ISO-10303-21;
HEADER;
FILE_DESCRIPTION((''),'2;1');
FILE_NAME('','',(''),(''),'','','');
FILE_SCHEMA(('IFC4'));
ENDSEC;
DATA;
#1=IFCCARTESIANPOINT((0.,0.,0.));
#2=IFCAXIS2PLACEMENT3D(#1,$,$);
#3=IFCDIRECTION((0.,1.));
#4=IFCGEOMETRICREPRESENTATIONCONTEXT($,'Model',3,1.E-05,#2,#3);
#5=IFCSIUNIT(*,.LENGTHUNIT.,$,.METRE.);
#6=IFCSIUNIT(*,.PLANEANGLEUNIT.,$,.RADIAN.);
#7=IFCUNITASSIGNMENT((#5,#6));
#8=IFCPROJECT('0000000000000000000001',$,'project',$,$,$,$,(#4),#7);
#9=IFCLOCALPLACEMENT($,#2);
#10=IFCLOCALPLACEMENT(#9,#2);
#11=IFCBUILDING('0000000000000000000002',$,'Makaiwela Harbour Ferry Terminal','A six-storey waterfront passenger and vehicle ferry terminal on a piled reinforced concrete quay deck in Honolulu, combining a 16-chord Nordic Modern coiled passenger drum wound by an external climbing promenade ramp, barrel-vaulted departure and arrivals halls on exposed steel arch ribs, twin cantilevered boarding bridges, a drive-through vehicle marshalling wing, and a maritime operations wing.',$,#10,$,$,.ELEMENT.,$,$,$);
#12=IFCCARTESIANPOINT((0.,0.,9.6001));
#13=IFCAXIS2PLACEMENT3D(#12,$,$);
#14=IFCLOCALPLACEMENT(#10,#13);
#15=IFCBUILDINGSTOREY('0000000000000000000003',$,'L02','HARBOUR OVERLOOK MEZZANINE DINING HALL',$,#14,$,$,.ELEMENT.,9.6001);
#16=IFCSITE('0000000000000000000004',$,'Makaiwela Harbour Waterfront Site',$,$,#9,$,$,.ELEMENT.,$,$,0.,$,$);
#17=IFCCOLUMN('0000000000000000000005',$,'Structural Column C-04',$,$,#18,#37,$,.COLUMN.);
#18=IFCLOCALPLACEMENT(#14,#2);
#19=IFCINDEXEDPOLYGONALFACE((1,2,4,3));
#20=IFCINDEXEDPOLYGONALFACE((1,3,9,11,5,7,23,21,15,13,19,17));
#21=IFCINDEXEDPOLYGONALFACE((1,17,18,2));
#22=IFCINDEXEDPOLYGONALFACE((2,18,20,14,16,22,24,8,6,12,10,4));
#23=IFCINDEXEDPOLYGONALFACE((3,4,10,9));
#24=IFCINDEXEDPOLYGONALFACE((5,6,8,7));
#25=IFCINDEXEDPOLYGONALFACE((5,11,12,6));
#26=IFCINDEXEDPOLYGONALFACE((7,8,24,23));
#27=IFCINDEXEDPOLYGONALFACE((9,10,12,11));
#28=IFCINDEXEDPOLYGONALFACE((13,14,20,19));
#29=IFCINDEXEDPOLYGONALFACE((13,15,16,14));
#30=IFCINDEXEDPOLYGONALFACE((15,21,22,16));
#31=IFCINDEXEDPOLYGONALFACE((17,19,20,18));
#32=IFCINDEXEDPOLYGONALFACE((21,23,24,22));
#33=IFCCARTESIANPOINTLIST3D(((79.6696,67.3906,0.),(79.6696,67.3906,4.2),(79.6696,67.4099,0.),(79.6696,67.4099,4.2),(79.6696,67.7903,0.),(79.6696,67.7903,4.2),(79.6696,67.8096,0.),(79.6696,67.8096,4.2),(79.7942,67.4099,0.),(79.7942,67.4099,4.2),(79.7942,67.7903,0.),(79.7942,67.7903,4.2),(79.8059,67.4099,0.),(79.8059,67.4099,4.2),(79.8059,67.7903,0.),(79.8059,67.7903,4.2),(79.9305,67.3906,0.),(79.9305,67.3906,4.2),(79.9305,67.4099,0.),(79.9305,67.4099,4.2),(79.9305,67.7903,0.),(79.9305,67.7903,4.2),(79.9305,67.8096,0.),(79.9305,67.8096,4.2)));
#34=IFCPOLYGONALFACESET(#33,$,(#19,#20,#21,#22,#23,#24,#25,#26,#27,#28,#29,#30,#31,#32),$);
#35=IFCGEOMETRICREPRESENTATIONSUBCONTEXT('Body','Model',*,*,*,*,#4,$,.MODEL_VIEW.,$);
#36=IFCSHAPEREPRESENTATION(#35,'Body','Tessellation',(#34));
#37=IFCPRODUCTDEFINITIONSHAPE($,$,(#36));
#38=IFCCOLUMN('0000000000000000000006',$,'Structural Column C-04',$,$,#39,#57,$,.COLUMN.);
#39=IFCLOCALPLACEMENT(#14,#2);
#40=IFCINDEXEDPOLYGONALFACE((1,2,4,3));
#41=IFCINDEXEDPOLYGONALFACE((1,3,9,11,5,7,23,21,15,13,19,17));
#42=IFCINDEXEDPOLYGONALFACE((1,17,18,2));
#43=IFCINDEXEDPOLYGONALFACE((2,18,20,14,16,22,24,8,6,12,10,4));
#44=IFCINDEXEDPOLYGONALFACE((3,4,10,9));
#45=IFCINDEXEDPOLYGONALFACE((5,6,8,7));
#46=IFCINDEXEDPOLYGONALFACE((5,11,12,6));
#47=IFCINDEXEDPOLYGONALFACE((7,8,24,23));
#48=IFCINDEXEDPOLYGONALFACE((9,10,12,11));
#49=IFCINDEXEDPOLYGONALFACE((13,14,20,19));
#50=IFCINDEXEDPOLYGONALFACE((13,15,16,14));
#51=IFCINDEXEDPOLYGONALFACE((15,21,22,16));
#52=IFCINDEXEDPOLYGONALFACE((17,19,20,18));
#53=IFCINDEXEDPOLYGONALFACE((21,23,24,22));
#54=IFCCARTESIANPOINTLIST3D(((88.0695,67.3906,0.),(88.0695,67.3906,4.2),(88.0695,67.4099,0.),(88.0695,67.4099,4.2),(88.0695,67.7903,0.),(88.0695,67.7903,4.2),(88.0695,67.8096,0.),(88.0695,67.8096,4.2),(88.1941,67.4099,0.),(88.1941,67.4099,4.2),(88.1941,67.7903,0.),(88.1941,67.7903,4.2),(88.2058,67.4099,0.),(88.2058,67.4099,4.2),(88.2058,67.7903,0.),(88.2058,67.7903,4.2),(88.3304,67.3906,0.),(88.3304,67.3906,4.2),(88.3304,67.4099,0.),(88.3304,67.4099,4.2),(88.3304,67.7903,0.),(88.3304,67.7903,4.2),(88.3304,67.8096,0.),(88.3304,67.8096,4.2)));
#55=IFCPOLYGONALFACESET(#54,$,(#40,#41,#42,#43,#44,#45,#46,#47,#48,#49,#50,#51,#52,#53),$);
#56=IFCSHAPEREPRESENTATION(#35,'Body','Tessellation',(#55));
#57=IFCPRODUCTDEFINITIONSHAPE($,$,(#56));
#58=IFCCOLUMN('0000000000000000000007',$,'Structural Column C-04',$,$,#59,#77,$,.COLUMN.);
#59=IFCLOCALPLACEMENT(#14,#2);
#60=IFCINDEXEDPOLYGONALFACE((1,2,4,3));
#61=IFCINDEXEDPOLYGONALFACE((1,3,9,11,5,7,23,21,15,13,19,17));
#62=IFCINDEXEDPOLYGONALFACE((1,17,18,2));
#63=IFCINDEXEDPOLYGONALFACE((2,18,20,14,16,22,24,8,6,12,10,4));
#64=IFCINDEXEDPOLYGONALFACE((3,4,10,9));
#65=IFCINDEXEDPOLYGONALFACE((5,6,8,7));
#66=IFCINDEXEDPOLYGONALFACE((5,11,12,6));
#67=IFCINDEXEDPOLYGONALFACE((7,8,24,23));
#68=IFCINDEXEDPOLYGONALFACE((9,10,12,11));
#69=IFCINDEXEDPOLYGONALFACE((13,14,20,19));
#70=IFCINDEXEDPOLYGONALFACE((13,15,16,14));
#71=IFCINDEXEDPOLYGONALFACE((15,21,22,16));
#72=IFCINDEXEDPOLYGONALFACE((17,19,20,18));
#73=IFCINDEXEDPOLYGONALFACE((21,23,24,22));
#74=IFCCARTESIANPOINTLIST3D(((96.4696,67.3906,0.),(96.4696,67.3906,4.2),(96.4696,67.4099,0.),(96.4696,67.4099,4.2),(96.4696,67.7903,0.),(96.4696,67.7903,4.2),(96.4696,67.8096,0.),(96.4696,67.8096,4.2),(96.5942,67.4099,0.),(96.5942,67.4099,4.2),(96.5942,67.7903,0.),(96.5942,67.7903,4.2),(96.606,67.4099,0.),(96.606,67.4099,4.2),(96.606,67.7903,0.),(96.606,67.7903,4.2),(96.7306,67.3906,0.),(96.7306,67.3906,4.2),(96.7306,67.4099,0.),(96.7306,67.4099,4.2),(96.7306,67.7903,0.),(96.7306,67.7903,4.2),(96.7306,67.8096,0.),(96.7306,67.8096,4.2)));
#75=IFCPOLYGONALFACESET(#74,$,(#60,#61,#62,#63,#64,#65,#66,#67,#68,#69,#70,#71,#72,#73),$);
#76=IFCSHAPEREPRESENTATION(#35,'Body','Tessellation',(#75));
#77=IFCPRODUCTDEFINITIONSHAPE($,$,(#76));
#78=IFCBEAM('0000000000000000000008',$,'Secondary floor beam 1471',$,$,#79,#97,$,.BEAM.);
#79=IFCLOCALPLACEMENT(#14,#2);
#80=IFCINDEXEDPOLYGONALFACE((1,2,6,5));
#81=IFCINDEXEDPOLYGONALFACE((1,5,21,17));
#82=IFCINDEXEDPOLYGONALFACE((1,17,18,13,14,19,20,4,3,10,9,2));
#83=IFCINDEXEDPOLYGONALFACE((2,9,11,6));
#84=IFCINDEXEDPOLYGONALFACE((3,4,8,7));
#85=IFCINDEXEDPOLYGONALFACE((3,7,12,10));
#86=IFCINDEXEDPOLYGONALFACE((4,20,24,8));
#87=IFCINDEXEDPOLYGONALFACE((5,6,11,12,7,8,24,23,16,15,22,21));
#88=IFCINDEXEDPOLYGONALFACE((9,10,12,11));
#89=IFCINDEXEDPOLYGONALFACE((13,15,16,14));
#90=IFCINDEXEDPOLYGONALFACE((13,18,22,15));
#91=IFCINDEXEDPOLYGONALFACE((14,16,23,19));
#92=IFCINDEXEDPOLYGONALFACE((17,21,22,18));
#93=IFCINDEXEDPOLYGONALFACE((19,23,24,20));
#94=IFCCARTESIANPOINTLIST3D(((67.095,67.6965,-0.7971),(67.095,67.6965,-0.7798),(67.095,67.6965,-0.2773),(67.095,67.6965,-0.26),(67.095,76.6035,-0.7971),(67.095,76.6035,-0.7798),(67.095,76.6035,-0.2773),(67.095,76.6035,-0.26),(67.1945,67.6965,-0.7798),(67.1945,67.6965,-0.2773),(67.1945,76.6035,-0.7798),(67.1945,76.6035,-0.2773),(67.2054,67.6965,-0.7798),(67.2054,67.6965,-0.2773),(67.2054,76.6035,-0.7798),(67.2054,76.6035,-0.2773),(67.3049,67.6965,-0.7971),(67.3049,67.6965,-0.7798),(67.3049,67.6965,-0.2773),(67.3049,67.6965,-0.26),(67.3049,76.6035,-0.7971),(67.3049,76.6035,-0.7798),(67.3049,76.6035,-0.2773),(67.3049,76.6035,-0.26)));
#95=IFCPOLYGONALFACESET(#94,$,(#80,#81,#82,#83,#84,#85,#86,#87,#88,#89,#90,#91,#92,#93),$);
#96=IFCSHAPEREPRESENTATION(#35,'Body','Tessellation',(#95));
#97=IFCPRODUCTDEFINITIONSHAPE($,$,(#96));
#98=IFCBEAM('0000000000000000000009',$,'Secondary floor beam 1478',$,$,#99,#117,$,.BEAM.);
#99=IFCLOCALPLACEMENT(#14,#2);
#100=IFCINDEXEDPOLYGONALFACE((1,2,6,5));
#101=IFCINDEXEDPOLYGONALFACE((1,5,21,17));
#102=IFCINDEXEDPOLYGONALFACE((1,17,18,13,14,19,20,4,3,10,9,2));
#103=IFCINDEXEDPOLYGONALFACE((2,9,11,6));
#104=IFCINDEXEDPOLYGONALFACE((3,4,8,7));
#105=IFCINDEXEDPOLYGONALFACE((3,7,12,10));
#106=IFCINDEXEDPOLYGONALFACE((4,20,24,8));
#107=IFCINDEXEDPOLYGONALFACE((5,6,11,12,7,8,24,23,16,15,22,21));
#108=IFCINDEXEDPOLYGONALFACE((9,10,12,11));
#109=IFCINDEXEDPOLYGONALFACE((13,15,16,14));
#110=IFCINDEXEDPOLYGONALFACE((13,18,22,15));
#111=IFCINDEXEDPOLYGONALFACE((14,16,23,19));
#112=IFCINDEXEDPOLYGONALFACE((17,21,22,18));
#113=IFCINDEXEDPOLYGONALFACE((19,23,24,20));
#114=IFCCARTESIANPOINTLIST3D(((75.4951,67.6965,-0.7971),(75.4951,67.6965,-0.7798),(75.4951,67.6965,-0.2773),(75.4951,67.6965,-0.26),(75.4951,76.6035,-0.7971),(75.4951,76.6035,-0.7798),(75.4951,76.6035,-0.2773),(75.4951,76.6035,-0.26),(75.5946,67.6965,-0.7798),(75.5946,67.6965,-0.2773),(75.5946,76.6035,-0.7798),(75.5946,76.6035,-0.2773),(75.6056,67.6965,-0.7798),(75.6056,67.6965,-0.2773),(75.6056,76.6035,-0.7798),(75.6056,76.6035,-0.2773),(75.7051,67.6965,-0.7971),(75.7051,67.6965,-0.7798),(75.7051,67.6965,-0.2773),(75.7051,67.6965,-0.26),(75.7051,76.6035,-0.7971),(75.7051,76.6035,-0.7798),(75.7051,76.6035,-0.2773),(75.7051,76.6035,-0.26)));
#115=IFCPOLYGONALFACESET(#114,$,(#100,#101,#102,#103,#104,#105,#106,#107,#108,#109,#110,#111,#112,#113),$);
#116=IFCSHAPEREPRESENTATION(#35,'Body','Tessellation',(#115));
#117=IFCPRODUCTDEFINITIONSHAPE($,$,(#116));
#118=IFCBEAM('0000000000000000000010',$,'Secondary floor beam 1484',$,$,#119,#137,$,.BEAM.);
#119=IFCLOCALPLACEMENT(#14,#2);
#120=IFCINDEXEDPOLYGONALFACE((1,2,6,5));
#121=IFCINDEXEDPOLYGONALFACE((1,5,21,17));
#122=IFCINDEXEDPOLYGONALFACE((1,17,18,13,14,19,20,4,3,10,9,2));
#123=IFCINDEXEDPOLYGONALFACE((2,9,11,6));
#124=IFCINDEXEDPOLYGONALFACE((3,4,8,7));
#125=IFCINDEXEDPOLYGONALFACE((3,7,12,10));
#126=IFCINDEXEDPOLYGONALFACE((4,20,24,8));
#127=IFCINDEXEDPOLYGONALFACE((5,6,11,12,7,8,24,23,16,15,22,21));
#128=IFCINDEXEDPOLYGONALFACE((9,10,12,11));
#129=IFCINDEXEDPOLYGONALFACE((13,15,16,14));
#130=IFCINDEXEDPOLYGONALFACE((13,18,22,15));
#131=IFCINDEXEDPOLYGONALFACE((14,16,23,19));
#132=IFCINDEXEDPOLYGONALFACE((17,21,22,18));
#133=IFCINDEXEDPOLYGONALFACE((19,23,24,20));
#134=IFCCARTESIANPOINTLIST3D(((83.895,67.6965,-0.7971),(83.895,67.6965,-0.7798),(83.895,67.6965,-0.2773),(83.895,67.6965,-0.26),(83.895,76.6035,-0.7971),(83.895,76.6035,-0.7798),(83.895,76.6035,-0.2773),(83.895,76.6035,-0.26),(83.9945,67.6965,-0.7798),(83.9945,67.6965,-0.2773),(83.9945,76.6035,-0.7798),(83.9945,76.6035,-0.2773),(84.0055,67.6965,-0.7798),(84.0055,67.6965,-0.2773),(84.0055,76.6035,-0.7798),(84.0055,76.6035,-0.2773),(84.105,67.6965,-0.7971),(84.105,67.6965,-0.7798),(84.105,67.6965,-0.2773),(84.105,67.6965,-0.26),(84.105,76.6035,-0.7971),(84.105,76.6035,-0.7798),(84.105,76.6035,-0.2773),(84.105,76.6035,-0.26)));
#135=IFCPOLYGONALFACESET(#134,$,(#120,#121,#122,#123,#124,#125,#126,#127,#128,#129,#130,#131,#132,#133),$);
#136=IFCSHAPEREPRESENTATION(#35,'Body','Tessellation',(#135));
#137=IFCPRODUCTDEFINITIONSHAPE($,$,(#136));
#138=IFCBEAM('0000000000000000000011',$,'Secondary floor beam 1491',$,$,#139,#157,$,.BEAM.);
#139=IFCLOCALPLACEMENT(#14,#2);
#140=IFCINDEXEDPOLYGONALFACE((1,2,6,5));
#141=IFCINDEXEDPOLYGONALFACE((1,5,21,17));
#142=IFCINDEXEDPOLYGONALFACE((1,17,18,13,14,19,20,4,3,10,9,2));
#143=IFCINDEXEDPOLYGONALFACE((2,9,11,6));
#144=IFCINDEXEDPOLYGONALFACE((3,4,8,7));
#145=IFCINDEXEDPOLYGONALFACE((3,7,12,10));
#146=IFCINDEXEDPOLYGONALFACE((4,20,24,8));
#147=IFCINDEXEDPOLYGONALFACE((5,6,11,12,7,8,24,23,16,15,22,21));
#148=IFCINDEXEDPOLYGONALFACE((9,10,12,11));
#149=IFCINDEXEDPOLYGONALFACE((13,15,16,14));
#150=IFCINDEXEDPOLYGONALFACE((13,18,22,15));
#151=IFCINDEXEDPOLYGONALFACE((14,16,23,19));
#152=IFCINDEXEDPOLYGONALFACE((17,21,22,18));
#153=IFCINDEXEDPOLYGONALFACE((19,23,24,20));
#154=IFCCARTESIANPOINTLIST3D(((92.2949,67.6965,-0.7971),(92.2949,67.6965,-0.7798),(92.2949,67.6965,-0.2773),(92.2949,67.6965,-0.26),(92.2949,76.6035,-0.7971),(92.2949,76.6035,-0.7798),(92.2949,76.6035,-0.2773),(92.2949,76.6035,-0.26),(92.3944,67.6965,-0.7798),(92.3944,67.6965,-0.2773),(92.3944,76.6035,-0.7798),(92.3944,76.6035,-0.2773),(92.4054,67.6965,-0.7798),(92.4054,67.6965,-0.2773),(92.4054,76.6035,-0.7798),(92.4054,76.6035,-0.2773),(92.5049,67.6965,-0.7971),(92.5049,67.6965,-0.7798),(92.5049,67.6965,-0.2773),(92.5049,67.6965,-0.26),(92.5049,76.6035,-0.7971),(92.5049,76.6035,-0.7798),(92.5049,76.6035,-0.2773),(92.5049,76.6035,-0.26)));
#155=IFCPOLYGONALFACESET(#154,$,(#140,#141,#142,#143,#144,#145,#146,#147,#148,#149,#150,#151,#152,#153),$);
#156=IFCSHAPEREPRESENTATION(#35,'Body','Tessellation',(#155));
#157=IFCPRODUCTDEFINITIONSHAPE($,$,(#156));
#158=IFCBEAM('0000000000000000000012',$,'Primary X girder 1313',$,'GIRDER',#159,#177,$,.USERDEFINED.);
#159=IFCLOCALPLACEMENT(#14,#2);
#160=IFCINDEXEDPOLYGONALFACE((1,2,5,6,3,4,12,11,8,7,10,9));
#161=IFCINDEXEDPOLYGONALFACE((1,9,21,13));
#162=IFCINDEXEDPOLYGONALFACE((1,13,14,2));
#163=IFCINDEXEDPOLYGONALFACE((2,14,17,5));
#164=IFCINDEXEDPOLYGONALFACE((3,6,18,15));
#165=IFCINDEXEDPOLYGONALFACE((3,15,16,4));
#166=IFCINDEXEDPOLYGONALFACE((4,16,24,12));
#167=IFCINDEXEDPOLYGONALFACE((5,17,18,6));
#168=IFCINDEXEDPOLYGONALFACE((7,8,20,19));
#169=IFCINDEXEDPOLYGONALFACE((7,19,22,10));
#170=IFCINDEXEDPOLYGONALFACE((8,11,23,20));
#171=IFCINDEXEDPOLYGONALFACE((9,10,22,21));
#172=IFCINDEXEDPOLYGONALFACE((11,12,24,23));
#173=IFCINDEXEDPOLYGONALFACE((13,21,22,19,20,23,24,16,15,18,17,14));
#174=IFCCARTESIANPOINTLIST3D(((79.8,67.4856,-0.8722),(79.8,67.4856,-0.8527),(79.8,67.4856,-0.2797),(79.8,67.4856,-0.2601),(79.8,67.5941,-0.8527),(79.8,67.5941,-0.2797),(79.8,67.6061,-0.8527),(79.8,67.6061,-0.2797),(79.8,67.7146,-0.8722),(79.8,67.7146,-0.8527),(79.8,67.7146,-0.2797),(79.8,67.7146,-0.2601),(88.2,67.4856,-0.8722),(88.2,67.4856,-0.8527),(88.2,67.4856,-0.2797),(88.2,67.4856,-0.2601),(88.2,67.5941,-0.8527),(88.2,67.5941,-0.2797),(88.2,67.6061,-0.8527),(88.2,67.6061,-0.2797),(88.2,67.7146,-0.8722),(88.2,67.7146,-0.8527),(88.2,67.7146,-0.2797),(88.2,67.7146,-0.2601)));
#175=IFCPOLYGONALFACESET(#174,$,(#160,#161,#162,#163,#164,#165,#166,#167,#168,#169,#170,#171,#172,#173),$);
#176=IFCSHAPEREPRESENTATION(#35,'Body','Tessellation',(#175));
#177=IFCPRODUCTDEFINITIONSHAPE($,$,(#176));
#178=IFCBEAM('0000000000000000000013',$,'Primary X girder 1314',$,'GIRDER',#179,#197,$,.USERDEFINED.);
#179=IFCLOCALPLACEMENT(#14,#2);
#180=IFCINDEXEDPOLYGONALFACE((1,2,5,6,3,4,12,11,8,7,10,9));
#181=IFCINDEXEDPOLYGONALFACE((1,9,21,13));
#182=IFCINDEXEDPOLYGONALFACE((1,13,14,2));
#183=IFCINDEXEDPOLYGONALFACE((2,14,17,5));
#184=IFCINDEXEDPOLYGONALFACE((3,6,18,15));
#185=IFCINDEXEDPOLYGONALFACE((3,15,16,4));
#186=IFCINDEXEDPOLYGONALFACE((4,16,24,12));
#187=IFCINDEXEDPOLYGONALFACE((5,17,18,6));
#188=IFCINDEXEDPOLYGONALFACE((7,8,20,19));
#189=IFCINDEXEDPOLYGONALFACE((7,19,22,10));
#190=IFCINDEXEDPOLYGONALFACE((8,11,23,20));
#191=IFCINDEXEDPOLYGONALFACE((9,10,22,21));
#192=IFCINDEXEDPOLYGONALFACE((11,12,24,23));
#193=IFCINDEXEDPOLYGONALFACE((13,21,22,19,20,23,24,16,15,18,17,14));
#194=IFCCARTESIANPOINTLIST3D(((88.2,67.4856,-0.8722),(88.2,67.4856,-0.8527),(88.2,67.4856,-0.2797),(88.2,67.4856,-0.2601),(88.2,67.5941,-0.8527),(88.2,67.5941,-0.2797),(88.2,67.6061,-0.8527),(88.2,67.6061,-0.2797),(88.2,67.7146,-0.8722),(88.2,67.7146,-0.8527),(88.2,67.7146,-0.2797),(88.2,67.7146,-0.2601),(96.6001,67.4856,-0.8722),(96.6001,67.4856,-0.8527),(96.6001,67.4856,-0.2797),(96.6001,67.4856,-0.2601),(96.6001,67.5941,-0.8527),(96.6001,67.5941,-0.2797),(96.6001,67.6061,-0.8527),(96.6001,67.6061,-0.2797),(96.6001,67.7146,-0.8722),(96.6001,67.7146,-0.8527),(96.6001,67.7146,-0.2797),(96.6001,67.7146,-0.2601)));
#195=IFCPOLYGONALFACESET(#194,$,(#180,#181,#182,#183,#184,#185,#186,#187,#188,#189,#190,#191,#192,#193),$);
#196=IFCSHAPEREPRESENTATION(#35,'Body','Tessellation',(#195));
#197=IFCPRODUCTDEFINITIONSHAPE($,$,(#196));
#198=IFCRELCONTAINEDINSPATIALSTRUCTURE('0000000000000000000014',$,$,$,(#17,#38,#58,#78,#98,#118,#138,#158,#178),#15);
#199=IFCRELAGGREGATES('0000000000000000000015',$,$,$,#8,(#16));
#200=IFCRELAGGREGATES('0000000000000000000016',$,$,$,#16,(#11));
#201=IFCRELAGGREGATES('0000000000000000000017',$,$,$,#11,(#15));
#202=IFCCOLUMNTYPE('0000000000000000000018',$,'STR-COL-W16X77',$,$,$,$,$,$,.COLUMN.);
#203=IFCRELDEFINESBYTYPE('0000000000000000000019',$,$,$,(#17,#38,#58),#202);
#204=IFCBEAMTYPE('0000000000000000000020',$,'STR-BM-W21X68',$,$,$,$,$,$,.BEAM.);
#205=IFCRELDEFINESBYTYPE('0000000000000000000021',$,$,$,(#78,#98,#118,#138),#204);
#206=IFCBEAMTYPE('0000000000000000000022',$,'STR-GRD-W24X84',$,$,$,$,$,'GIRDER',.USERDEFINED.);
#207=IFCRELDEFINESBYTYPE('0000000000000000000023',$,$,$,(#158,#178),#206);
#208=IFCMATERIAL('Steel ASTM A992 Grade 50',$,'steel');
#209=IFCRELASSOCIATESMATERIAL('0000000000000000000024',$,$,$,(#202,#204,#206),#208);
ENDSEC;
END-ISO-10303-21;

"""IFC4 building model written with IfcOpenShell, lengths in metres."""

from ifc_helpers import new_model, si_unit, direction, frame, origin, origin_2d, place, context, subcontext, project, spatial, i_section, extrude, material, material_profile, profile_set, type_object, element, save


model = new_model("IFC4")

# Units and contexts
model_context = context("Model", 3, precision=1e-05, world=origin(), true_north=direction((0.0, 1.0)))
body_context = subcontext(model_context, "Body", "Model", "MODEL_VIEW")
ifc_project = project(units=[si_unit("LENGTHUNIT", "METRE"), si_unit("PLANEANGLEUNIT", "RADIAN")], contexts=[model_context])

# Site, building, storey
site_placement = place(None, origin())
site = spatial("IfcSite", under=ifc_project, at=site_placement, Name="Makaiwela Harbour Waterfront Site", CompositionType="ELEMENT", RefElevation=0.0)
building_placement = place(site_placement, origin())
building = spatial("IfcBuilding", under=site, at=building_placement, Name="Makaiwela Harbour Ferry Terminal", Description="A six-storey waterfront passenger and vehicle ferry terminal on a piled reinforced concrete quay deck in Honolulu, combining a 16-chord Nordic Modern coiled passenger drum wound by an external climbing promenade ramp, barrel-vaulted departure and arrivals halls on exposed steel arch ribs, twin cantilevered boarding bridges, a drive-through vehicle marshalling wing, and a maritime operations wing.", CompositionType="ELEMENT")
storey_placement = place(building_placement, frame((0.0, 0.0, 9.6001)))
storey = spatial("IfcBuildingStorey", under=building, at=storey_placement, Name="L02", Description="HARBOUR OVERLOOK MEZZANINE DINING HALL", CompositionType="ELEMENT", Elevation=9.6001)

# Columns
ifc_material_1 = material(Name="Steel ASTM A992 Grade 50", Category="steel")
ifc_material_profile_1 = material_profile(ifc_material_1, i_section(OverallWidth=0.261, OverallDepth=0.4189, WebThickness=0.0117, FlangeThickness=0.0193, at=origin_2d()), Name="W16X77")
ifc_profile_set_1 = profile_set([ifc_material_profile_1], Name="Steel ASTM A992 Grade 50")
column_type = type_object("IfcColumnType", Name="STR-COL-W16X77", PredefinedType="COLUMN", material=ifc_profile_set_1)
for number, where, z_axis, x_axis, name in (
    (1, (79.8, 67.6001, 0.0), (0.0, 0.0, 1.0), (1.0, 0.0, 0.0), "Structural Column C-04"),
    (2, (88.2, 67.6001, 0.0), (0.0, 0.0, 1.0), (1.0, 0.0, 0.0), "Structural Column C-04"),
    (3, (96.6001, 67.6001, 0.0), (0.0, 0.0, 1.0), (1.0, 0.0, 0.0), "Structural Column C-04"),
):
    element("IfcColumn", number, at=place(storey_placement, frame(where, z_axis=z_axis, x_axis=x_axis)), inside=storey, type_object=column_type, Name=name, PredefinedType="COLUMN", context=body_context, shape_type="SweptSolid", body=[
        extrude(i_section(OverallWidth=0.261, OverallDepth=0.4189, WebThickness=0.0117, FlangeThickness=0.0193, at=origin_2d()), origin(), (0.0, 0.0, 1.0), 4.2),
    ])

# Beams
ifc_material_profile_2 = material_profile(ifc_material_1, i_section(OverallWidth=0.21, OverallDepth=0.5371, WebThickness=0.011, FlangeThickness=0.0173, at=origin_2d()), Name="W21X68")
ifc_profile_set_2 = profile_set([ifc_material_profile_2], Name="Steel ASTM A992 Grade 50")
beam_type_1 = type_object("IfcBeamType", Name="STR-BM-W21X68", PredefinedType="BEAM", material=ifc_profile_set_2)
for number, where, z_axis, x_axis, name in (
    (4, (67.2, 67.6965, -0.5286), (0.0, 1.0, 0.0), (-1.0, 0.0, 0.0), "Secondary floor beam 1471"),
    (5, (75.6001, 67.6965, -0.5286), (0.0, 1.0, 0.0), (-1.0, 0.0, 0.0), "Secondary floor beam 1478"),
    (6, (84.0, 67.6965, -0.5286), (0.0, 1.0, 0.0), (-1.0, 0.0, 0.0), "Secondary floor beam 1484"),
    (7, (92.3999, 67.6965, -0.5286), (0.0, 1.0, 0.0), (-1.0, 0.0, 0.0), "Secondary floor beam 1491"),
):
    element("IfcBeam", number, at=place(storey_placement, frame(where, z_axis=z_axis, x_axis=x_axis)), inside=storey, type_object=beam_type_1, Name=name, PredefinedType="BEAM", context=body_context, shape_type="SweptSolid", body=[
        extrude(i_section(OverallWidth=0.21, OverallDepth=0.5371, WebThickness=0.011, FlangeThickness=0.0173, at=origin_2d()), origin(), (0.0, 0.0, 1.0), 8.907),
    ])
ifc_material_profile_3 = material_profile(ifc_material_1, i_section(OverallWidth=0.229, OverallDepth=0.6121, WebThickness=0.012, FlangeThickness=0.0195, at=origin_2d()), Name="W24X84")
ifc_profile_set_3 = profile_set([ifc_material_profile_3], Name="Steel ASTM A992 Grade 50")
beam_type_2 = type_object("IfcBeamType", Name="STR-GRD-W24X84", ElementType="GIRDER", PredefinedType="USERDEFINED", material=ifc_profile_set_3)
beam_1_placement = place(storey_placement, frame((79.8, 67.6001, -0.5662), z_axis=(1.0, 0.0, 0.0), x_axis=(0.0, 1.0, 0.0)))
element("IfcBeam", 8, at=beam_1_placement, inside=storey, type_object=beam_type_2, Name="Primary X girder 1313", ObjectType="GIRDER", PredefinedType="USERDEFINED", context=body_context, shape_type="SweptSolid", body=[
    extrude(i_section(OverallWidth=0.229, OverallDepth=0.6121, WebThickness=0.012, FlangeThickness=0.0195, at=origin_2d()), origin(), (0.0, 0.0, 1.0), 8.3999),
])
beam_2_placement = place(storey_placement, frame((88.2, 67.6001, -0.5662), z_axis=(1.0, 0.0, 0.0), x_axis=(0.0, 1.0, 0.0)))
element("IfcBeam", 9, at=beam_2_placement, inside=storey, type_object=beam_type_2, Name="Primary X girder 1314", ObjectType="GIRDER", PredefinedType="USERDEFINED", context=body_context, shape_type="SweptSolid", body=[
    extrude(i_section(OverallWidth=0.229, OverallDepth=0.6121, WebThickness=0.012, FlangeThickness=0.0195, at=origin_2d()), origin(), (0.0, 0.0, 1.0), 8.4001),
])

save(model, "model.ifc")
